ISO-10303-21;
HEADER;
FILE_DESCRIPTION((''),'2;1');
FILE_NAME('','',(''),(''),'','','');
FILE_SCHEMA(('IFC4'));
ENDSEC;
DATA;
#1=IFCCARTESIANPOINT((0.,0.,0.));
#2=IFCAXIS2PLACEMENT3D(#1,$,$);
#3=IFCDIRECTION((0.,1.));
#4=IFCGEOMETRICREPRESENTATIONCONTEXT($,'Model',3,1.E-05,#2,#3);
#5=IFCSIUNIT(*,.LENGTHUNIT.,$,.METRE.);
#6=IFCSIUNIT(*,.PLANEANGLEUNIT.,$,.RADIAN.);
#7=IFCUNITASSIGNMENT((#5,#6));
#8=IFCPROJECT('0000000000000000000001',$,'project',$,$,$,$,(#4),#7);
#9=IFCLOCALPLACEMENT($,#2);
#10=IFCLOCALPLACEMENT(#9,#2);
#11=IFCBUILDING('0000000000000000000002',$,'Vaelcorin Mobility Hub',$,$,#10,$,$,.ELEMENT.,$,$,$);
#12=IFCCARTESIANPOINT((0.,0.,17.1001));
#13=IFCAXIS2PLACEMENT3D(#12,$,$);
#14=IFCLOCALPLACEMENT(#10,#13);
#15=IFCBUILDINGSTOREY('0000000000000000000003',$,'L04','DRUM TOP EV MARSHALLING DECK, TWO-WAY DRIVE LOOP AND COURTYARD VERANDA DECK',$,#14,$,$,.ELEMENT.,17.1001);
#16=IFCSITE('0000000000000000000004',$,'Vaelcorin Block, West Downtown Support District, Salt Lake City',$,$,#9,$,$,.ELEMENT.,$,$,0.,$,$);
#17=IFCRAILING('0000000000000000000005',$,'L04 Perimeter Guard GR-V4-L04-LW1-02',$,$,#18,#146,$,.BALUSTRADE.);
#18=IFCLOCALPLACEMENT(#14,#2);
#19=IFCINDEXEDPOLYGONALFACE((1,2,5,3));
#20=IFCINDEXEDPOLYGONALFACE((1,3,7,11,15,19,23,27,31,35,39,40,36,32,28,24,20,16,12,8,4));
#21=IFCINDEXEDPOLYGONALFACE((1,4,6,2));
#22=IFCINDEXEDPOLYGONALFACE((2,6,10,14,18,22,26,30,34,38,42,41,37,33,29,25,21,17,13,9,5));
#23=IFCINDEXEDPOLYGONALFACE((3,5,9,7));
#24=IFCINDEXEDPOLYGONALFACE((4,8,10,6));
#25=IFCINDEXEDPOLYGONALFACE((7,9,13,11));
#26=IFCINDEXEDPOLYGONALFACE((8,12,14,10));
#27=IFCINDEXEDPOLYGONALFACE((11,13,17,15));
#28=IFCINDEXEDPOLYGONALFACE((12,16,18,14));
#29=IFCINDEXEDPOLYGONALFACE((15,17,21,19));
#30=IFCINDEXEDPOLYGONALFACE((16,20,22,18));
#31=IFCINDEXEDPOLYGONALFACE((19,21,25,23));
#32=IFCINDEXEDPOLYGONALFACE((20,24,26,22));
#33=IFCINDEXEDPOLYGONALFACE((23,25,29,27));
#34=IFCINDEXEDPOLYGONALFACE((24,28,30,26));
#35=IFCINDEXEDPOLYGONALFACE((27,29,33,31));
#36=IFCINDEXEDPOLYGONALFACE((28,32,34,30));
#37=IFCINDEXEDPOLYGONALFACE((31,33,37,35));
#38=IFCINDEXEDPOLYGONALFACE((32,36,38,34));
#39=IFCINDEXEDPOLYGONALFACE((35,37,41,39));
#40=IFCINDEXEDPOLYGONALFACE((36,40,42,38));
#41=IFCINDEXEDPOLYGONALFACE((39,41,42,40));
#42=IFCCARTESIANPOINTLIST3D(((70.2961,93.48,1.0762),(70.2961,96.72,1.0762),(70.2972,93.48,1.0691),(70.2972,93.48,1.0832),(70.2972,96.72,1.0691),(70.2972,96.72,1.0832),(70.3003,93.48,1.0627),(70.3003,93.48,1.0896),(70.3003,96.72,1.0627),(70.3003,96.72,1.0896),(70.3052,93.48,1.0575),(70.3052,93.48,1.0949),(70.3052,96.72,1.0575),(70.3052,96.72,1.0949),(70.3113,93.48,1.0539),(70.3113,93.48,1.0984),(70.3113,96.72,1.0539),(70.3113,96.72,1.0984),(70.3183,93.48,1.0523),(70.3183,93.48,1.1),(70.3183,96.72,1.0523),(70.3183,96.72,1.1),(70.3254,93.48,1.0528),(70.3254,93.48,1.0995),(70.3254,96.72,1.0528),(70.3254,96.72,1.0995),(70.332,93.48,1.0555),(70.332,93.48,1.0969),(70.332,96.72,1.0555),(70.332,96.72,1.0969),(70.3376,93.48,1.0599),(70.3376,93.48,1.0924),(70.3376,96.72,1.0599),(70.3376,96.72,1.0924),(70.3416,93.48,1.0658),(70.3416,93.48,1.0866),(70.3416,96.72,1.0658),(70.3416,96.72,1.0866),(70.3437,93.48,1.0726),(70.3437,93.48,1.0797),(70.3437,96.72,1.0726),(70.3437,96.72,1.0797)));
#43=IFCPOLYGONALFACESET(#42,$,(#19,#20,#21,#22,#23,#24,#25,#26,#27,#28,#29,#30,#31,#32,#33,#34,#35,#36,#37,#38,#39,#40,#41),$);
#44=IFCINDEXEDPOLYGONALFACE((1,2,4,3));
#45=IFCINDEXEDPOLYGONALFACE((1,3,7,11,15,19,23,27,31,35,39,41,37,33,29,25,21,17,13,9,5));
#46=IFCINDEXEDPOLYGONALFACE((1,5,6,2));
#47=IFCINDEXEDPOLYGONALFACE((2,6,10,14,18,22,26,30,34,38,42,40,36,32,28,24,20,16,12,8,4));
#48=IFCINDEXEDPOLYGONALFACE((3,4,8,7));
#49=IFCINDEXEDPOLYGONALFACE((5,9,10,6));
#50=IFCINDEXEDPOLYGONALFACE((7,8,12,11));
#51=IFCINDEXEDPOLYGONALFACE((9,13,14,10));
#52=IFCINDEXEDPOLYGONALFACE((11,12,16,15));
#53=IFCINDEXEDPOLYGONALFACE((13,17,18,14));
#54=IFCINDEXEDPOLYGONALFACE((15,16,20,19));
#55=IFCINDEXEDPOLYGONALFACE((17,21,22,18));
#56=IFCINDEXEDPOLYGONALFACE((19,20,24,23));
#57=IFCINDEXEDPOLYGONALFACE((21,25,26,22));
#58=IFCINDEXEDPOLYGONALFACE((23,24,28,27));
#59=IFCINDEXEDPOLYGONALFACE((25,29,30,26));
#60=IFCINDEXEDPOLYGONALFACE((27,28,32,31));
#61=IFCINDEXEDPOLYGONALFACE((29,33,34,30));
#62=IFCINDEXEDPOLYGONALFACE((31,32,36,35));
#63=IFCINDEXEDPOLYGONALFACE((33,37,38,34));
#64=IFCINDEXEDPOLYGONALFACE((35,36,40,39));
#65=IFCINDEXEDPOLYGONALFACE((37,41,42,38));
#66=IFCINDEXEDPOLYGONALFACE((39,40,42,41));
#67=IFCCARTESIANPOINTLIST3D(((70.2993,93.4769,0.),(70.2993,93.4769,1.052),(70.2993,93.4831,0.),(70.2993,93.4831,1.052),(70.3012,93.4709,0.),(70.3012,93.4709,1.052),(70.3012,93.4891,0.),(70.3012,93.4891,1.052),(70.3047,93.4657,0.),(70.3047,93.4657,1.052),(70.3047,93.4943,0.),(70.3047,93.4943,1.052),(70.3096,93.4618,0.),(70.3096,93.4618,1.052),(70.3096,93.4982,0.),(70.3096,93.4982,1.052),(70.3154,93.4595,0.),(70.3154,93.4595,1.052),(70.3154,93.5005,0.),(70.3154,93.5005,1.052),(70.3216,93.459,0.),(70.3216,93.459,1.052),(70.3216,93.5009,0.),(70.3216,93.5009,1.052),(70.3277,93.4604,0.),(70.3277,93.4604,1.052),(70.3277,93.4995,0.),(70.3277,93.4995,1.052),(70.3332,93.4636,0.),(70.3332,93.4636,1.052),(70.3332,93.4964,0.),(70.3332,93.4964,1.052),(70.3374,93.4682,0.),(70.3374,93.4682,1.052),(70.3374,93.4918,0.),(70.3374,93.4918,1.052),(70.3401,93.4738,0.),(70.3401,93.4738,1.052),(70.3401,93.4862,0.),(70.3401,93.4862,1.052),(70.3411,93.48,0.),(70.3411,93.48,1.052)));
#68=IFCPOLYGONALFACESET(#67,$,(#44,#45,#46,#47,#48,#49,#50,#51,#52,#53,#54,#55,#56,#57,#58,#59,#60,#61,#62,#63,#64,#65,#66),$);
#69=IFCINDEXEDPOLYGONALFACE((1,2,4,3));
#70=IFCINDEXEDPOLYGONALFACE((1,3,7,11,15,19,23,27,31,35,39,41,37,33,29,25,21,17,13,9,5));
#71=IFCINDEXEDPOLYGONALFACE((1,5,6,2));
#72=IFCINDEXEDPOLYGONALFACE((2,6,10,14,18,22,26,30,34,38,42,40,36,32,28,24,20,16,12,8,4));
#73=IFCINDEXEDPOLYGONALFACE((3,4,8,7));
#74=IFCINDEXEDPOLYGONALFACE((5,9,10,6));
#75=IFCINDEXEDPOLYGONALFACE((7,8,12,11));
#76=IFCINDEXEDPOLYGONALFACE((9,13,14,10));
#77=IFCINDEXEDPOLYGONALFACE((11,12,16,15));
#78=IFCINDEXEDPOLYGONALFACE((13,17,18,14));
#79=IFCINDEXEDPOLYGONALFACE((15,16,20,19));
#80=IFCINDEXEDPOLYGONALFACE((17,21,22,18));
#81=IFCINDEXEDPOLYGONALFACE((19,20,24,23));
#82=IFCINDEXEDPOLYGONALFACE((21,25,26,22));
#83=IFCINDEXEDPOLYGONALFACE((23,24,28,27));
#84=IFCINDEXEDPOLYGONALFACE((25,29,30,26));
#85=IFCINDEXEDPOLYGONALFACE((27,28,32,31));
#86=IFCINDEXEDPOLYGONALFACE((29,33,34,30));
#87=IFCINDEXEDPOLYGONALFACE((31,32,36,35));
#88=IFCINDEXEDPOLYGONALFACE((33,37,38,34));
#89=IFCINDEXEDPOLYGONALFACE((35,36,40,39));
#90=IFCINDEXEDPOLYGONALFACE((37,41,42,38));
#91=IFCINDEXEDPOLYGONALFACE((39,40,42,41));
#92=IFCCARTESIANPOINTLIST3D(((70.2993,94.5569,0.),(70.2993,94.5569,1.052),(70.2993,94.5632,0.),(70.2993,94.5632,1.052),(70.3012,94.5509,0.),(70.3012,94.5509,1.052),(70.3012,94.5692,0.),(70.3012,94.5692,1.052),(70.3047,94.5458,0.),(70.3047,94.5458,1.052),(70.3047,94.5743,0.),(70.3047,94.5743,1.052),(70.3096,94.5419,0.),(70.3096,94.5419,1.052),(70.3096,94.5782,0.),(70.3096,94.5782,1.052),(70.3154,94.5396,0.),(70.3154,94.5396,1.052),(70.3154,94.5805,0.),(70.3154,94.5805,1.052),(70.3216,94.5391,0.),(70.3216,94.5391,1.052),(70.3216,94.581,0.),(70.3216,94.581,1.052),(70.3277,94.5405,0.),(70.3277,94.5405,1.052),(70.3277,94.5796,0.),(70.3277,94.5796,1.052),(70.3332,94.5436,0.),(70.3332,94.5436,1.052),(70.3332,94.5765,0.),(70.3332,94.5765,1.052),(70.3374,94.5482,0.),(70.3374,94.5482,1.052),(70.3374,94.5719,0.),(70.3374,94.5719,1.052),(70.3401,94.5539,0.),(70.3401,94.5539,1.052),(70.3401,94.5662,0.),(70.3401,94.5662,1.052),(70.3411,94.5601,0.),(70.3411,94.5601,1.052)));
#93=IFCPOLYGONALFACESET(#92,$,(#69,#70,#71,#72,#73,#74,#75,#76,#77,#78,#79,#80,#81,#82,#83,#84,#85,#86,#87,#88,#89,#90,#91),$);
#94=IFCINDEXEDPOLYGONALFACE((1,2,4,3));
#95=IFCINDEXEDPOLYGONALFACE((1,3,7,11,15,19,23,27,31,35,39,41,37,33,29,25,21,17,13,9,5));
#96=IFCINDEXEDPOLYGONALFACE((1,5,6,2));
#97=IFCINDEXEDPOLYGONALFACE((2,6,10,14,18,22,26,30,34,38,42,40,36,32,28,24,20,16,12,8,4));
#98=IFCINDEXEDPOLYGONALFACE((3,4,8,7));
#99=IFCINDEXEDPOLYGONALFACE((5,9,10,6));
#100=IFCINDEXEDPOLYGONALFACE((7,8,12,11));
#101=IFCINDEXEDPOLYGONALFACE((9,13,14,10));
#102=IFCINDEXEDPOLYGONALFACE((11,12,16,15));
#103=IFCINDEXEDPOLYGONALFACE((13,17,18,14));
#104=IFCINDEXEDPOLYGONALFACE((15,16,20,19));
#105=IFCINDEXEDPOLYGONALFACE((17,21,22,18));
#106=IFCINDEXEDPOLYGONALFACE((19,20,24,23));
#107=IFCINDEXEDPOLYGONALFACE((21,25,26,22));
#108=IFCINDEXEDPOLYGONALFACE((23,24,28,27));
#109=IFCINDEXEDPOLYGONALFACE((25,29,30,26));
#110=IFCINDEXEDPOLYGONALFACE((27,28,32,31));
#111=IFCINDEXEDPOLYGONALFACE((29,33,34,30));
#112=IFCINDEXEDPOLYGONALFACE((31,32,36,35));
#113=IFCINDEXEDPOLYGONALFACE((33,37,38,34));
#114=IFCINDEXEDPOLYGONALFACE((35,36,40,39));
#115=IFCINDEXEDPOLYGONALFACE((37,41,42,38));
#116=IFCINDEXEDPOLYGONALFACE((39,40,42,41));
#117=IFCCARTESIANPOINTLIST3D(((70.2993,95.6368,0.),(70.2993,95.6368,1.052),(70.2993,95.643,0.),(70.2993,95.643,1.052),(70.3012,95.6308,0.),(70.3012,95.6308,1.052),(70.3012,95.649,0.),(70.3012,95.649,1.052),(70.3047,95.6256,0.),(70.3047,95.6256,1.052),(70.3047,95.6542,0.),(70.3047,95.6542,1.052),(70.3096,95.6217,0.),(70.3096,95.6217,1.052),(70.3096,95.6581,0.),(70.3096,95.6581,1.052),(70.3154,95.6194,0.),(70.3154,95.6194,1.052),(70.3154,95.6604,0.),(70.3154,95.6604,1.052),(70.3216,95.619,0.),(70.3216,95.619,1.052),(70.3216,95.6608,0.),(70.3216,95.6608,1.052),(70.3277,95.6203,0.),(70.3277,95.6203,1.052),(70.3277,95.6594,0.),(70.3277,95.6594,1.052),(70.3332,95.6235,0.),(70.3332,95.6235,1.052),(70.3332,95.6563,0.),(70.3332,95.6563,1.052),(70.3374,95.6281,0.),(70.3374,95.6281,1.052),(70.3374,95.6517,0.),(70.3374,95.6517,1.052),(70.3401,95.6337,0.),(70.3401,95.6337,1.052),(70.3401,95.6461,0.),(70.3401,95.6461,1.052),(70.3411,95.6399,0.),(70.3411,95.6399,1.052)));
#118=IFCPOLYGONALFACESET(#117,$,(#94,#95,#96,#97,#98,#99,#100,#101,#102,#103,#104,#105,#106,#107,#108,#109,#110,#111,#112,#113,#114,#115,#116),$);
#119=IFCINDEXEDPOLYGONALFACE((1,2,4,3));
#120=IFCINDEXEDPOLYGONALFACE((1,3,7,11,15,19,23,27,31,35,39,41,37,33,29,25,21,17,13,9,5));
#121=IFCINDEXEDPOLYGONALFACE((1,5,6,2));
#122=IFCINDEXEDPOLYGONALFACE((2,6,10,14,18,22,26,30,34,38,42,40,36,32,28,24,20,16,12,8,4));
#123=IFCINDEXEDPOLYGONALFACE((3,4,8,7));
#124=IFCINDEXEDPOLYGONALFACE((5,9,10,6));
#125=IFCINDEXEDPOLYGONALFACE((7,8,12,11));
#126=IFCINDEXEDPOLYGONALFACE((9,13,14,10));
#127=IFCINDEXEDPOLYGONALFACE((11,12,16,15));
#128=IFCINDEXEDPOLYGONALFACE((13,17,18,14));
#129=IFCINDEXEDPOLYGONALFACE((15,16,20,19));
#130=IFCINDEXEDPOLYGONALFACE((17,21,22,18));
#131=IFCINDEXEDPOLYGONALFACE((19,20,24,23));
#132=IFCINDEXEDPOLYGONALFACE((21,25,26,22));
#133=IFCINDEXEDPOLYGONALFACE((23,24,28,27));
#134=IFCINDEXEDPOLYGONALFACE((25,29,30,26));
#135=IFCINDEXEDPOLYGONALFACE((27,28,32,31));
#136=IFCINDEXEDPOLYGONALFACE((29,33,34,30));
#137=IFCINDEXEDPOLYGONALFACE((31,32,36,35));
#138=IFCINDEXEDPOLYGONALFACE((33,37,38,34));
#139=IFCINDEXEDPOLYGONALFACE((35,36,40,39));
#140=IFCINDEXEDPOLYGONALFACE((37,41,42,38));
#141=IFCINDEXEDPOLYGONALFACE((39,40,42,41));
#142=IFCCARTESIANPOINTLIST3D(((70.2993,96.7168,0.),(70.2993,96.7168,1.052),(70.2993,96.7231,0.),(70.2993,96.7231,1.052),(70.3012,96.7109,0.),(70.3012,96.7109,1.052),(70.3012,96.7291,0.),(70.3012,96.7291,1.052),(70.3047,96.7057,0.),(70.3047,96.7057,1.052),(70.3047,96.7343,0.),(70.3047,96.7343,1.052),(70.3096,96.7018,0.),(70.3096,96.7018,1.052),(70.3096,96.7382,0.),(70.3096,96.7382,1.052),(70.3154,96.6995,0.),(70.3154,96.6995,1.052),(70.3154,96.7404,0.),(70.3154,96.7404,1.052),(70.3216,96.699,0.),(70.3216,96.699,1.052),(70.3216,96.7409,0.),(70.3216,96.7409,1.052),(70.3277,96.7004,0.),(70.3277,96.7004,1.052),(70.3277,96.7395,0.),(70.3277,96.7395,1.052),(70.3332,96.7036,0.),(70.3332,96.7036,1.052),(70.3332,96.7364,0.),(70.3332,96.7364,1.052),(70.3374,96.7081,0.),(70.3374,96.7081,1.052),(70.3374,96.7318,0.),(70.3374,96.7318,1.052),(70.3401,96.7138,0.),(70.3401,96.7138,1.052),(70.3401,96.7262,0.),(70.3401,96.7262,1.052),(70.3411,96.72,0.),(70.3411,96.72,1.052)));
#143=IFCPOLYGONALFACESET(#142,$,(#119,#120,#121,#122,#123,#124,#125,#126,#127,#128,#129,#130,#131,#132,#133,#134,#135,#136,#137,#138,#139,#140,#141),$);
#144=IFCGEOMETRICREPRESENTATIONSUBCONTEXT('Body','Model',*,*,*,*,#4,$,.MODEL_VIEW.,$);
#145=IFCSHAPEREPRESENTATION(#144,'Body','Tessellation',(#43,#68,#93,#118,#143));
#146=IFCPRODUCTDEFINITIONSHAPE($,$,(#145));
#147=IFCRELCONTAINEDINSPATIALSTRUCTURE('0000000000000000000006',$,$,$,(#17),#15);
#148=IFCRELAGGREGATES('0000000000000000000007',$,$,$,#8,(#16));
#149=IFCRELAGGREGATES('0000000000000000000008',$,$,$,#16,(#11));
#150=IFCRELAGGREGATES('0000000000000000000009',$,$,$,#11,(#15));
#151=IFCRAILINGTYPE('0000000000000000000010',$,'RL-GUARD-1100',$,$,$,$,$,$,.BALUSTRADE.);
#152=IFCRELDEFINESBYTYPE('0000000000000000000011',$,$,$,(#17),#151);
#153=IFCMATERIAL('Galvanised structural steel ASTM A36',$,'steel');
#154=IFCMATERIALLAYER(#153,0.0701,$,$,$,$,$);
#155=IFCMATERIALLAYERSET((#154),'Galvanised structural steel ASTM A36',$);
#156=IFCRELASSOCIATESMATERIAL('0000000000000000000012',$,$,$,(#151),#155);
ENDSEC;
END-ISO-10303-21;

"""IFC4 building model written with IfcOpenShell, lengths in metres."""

from ifc_helpers import new_model, si_unit, direction, frame, origin, origin_2d, place, context, subcontext, project, spatial, circle, extrude, material, layer, layer_set, type_object, element, save


model = new_model("IFC4")

# Units and contexts
model_context = context("Model", 3, precision=1e-05, world=origin(), true_north=direction((0.0, 1.0)))
body_context = subcontext(model_context, "Body", "Model", "MODEL_VIEW")
ifc_project = project(units=[si_unit("LENGTHUNIT", "METRE"), si_unit("PLANEANGLEUNIT", "RADIAN")], contexts=[model_context])

# Site, building, storey
site_placement = place(None, origin())
site = spatial("IfcSite", under=ifc_project, at=site_placement, Name="Vaelcorin Block, West Downtown Support District, Salt Lake City", CompositionType="ELEMENT", RefElevation=0.0)
building_placement = place(site_placement, origin())
building = spatial("IfcBuilding", under=site, at=building_placement, Name="Vaelcorin Mobility Hub", CompositionType="ELEMENT")
storey_placement = place(building_placement, frame((0.0, 0.0, 17.1001)))
storey = spatial("IfcBuildingStorey", under=building, at=storey_placement, Name="L04", Description="DRUM TOP EV MARSHALLING DECK, TWO-WAY DRIVE LOOP AND COURTYARD VERANDA DECK", CompositionType="ELEMENT", Elevation=17.1001)

# Railing
ifc_material_1 = material(Name="Galvanised structural steel ASTM A36", Category="steel")
ifc_layer_1 = layer(ifc_material_1, 0.0701)
ifc_layer_set_1 = layer_set([ifc_layer_1], Name="Galvanised structural steel ASTM A36")
railing_type = type_object("IfcRailingType", Name="RL-GUARD-1100", PredefinedType="BALUSTRADE", material=ifc_layer_set_1)
railing_1_placement = place(storey_placement, frame((70.3201, 93.48, 0.0)))
element("IfcRailing", 1, at=railing_1_placement, inside=storey, type_object=railing_type, Name="L04 Perimeter Guard GR-V4-L04-LW1-02", PredefinedType="BALUSTRADE", context=body_context, shape_type="SweptSolid", body=[
    extrude(circle(Radius=0.0239, at=origin_2d()), frame((0.0, 0.0, 1.0762), z_axis=(0.0, 1.0, 0.0), x_axis=(-1.0, 0.0, 0.0)), (0.0, 0.0, 1.0), 3.24),
    extrude(circle(Radius=0.021, at=origin_2d()), origin(), (0.0, 0.0, 1.0), 1.052),
    extrude(circle(Radius=0.021, at=origin_2d()), frame((0.0, 1.0801, 0.0)), (0.0, 0.0, 1.0), 1.052),
    extrude(circle(Radius=0.021, at=origin_2d()), frame((0.0, 2.1599, 0.0)), (0.0, 0.0, 1.0), 1.052),
    extrude(circle(Radius=0.021, at=origin_2d()), frame((0.0, 3.24, 0.0)), (0.0, 0.0, 1.0), 1.052),
])

save(model, "model.ifc")
